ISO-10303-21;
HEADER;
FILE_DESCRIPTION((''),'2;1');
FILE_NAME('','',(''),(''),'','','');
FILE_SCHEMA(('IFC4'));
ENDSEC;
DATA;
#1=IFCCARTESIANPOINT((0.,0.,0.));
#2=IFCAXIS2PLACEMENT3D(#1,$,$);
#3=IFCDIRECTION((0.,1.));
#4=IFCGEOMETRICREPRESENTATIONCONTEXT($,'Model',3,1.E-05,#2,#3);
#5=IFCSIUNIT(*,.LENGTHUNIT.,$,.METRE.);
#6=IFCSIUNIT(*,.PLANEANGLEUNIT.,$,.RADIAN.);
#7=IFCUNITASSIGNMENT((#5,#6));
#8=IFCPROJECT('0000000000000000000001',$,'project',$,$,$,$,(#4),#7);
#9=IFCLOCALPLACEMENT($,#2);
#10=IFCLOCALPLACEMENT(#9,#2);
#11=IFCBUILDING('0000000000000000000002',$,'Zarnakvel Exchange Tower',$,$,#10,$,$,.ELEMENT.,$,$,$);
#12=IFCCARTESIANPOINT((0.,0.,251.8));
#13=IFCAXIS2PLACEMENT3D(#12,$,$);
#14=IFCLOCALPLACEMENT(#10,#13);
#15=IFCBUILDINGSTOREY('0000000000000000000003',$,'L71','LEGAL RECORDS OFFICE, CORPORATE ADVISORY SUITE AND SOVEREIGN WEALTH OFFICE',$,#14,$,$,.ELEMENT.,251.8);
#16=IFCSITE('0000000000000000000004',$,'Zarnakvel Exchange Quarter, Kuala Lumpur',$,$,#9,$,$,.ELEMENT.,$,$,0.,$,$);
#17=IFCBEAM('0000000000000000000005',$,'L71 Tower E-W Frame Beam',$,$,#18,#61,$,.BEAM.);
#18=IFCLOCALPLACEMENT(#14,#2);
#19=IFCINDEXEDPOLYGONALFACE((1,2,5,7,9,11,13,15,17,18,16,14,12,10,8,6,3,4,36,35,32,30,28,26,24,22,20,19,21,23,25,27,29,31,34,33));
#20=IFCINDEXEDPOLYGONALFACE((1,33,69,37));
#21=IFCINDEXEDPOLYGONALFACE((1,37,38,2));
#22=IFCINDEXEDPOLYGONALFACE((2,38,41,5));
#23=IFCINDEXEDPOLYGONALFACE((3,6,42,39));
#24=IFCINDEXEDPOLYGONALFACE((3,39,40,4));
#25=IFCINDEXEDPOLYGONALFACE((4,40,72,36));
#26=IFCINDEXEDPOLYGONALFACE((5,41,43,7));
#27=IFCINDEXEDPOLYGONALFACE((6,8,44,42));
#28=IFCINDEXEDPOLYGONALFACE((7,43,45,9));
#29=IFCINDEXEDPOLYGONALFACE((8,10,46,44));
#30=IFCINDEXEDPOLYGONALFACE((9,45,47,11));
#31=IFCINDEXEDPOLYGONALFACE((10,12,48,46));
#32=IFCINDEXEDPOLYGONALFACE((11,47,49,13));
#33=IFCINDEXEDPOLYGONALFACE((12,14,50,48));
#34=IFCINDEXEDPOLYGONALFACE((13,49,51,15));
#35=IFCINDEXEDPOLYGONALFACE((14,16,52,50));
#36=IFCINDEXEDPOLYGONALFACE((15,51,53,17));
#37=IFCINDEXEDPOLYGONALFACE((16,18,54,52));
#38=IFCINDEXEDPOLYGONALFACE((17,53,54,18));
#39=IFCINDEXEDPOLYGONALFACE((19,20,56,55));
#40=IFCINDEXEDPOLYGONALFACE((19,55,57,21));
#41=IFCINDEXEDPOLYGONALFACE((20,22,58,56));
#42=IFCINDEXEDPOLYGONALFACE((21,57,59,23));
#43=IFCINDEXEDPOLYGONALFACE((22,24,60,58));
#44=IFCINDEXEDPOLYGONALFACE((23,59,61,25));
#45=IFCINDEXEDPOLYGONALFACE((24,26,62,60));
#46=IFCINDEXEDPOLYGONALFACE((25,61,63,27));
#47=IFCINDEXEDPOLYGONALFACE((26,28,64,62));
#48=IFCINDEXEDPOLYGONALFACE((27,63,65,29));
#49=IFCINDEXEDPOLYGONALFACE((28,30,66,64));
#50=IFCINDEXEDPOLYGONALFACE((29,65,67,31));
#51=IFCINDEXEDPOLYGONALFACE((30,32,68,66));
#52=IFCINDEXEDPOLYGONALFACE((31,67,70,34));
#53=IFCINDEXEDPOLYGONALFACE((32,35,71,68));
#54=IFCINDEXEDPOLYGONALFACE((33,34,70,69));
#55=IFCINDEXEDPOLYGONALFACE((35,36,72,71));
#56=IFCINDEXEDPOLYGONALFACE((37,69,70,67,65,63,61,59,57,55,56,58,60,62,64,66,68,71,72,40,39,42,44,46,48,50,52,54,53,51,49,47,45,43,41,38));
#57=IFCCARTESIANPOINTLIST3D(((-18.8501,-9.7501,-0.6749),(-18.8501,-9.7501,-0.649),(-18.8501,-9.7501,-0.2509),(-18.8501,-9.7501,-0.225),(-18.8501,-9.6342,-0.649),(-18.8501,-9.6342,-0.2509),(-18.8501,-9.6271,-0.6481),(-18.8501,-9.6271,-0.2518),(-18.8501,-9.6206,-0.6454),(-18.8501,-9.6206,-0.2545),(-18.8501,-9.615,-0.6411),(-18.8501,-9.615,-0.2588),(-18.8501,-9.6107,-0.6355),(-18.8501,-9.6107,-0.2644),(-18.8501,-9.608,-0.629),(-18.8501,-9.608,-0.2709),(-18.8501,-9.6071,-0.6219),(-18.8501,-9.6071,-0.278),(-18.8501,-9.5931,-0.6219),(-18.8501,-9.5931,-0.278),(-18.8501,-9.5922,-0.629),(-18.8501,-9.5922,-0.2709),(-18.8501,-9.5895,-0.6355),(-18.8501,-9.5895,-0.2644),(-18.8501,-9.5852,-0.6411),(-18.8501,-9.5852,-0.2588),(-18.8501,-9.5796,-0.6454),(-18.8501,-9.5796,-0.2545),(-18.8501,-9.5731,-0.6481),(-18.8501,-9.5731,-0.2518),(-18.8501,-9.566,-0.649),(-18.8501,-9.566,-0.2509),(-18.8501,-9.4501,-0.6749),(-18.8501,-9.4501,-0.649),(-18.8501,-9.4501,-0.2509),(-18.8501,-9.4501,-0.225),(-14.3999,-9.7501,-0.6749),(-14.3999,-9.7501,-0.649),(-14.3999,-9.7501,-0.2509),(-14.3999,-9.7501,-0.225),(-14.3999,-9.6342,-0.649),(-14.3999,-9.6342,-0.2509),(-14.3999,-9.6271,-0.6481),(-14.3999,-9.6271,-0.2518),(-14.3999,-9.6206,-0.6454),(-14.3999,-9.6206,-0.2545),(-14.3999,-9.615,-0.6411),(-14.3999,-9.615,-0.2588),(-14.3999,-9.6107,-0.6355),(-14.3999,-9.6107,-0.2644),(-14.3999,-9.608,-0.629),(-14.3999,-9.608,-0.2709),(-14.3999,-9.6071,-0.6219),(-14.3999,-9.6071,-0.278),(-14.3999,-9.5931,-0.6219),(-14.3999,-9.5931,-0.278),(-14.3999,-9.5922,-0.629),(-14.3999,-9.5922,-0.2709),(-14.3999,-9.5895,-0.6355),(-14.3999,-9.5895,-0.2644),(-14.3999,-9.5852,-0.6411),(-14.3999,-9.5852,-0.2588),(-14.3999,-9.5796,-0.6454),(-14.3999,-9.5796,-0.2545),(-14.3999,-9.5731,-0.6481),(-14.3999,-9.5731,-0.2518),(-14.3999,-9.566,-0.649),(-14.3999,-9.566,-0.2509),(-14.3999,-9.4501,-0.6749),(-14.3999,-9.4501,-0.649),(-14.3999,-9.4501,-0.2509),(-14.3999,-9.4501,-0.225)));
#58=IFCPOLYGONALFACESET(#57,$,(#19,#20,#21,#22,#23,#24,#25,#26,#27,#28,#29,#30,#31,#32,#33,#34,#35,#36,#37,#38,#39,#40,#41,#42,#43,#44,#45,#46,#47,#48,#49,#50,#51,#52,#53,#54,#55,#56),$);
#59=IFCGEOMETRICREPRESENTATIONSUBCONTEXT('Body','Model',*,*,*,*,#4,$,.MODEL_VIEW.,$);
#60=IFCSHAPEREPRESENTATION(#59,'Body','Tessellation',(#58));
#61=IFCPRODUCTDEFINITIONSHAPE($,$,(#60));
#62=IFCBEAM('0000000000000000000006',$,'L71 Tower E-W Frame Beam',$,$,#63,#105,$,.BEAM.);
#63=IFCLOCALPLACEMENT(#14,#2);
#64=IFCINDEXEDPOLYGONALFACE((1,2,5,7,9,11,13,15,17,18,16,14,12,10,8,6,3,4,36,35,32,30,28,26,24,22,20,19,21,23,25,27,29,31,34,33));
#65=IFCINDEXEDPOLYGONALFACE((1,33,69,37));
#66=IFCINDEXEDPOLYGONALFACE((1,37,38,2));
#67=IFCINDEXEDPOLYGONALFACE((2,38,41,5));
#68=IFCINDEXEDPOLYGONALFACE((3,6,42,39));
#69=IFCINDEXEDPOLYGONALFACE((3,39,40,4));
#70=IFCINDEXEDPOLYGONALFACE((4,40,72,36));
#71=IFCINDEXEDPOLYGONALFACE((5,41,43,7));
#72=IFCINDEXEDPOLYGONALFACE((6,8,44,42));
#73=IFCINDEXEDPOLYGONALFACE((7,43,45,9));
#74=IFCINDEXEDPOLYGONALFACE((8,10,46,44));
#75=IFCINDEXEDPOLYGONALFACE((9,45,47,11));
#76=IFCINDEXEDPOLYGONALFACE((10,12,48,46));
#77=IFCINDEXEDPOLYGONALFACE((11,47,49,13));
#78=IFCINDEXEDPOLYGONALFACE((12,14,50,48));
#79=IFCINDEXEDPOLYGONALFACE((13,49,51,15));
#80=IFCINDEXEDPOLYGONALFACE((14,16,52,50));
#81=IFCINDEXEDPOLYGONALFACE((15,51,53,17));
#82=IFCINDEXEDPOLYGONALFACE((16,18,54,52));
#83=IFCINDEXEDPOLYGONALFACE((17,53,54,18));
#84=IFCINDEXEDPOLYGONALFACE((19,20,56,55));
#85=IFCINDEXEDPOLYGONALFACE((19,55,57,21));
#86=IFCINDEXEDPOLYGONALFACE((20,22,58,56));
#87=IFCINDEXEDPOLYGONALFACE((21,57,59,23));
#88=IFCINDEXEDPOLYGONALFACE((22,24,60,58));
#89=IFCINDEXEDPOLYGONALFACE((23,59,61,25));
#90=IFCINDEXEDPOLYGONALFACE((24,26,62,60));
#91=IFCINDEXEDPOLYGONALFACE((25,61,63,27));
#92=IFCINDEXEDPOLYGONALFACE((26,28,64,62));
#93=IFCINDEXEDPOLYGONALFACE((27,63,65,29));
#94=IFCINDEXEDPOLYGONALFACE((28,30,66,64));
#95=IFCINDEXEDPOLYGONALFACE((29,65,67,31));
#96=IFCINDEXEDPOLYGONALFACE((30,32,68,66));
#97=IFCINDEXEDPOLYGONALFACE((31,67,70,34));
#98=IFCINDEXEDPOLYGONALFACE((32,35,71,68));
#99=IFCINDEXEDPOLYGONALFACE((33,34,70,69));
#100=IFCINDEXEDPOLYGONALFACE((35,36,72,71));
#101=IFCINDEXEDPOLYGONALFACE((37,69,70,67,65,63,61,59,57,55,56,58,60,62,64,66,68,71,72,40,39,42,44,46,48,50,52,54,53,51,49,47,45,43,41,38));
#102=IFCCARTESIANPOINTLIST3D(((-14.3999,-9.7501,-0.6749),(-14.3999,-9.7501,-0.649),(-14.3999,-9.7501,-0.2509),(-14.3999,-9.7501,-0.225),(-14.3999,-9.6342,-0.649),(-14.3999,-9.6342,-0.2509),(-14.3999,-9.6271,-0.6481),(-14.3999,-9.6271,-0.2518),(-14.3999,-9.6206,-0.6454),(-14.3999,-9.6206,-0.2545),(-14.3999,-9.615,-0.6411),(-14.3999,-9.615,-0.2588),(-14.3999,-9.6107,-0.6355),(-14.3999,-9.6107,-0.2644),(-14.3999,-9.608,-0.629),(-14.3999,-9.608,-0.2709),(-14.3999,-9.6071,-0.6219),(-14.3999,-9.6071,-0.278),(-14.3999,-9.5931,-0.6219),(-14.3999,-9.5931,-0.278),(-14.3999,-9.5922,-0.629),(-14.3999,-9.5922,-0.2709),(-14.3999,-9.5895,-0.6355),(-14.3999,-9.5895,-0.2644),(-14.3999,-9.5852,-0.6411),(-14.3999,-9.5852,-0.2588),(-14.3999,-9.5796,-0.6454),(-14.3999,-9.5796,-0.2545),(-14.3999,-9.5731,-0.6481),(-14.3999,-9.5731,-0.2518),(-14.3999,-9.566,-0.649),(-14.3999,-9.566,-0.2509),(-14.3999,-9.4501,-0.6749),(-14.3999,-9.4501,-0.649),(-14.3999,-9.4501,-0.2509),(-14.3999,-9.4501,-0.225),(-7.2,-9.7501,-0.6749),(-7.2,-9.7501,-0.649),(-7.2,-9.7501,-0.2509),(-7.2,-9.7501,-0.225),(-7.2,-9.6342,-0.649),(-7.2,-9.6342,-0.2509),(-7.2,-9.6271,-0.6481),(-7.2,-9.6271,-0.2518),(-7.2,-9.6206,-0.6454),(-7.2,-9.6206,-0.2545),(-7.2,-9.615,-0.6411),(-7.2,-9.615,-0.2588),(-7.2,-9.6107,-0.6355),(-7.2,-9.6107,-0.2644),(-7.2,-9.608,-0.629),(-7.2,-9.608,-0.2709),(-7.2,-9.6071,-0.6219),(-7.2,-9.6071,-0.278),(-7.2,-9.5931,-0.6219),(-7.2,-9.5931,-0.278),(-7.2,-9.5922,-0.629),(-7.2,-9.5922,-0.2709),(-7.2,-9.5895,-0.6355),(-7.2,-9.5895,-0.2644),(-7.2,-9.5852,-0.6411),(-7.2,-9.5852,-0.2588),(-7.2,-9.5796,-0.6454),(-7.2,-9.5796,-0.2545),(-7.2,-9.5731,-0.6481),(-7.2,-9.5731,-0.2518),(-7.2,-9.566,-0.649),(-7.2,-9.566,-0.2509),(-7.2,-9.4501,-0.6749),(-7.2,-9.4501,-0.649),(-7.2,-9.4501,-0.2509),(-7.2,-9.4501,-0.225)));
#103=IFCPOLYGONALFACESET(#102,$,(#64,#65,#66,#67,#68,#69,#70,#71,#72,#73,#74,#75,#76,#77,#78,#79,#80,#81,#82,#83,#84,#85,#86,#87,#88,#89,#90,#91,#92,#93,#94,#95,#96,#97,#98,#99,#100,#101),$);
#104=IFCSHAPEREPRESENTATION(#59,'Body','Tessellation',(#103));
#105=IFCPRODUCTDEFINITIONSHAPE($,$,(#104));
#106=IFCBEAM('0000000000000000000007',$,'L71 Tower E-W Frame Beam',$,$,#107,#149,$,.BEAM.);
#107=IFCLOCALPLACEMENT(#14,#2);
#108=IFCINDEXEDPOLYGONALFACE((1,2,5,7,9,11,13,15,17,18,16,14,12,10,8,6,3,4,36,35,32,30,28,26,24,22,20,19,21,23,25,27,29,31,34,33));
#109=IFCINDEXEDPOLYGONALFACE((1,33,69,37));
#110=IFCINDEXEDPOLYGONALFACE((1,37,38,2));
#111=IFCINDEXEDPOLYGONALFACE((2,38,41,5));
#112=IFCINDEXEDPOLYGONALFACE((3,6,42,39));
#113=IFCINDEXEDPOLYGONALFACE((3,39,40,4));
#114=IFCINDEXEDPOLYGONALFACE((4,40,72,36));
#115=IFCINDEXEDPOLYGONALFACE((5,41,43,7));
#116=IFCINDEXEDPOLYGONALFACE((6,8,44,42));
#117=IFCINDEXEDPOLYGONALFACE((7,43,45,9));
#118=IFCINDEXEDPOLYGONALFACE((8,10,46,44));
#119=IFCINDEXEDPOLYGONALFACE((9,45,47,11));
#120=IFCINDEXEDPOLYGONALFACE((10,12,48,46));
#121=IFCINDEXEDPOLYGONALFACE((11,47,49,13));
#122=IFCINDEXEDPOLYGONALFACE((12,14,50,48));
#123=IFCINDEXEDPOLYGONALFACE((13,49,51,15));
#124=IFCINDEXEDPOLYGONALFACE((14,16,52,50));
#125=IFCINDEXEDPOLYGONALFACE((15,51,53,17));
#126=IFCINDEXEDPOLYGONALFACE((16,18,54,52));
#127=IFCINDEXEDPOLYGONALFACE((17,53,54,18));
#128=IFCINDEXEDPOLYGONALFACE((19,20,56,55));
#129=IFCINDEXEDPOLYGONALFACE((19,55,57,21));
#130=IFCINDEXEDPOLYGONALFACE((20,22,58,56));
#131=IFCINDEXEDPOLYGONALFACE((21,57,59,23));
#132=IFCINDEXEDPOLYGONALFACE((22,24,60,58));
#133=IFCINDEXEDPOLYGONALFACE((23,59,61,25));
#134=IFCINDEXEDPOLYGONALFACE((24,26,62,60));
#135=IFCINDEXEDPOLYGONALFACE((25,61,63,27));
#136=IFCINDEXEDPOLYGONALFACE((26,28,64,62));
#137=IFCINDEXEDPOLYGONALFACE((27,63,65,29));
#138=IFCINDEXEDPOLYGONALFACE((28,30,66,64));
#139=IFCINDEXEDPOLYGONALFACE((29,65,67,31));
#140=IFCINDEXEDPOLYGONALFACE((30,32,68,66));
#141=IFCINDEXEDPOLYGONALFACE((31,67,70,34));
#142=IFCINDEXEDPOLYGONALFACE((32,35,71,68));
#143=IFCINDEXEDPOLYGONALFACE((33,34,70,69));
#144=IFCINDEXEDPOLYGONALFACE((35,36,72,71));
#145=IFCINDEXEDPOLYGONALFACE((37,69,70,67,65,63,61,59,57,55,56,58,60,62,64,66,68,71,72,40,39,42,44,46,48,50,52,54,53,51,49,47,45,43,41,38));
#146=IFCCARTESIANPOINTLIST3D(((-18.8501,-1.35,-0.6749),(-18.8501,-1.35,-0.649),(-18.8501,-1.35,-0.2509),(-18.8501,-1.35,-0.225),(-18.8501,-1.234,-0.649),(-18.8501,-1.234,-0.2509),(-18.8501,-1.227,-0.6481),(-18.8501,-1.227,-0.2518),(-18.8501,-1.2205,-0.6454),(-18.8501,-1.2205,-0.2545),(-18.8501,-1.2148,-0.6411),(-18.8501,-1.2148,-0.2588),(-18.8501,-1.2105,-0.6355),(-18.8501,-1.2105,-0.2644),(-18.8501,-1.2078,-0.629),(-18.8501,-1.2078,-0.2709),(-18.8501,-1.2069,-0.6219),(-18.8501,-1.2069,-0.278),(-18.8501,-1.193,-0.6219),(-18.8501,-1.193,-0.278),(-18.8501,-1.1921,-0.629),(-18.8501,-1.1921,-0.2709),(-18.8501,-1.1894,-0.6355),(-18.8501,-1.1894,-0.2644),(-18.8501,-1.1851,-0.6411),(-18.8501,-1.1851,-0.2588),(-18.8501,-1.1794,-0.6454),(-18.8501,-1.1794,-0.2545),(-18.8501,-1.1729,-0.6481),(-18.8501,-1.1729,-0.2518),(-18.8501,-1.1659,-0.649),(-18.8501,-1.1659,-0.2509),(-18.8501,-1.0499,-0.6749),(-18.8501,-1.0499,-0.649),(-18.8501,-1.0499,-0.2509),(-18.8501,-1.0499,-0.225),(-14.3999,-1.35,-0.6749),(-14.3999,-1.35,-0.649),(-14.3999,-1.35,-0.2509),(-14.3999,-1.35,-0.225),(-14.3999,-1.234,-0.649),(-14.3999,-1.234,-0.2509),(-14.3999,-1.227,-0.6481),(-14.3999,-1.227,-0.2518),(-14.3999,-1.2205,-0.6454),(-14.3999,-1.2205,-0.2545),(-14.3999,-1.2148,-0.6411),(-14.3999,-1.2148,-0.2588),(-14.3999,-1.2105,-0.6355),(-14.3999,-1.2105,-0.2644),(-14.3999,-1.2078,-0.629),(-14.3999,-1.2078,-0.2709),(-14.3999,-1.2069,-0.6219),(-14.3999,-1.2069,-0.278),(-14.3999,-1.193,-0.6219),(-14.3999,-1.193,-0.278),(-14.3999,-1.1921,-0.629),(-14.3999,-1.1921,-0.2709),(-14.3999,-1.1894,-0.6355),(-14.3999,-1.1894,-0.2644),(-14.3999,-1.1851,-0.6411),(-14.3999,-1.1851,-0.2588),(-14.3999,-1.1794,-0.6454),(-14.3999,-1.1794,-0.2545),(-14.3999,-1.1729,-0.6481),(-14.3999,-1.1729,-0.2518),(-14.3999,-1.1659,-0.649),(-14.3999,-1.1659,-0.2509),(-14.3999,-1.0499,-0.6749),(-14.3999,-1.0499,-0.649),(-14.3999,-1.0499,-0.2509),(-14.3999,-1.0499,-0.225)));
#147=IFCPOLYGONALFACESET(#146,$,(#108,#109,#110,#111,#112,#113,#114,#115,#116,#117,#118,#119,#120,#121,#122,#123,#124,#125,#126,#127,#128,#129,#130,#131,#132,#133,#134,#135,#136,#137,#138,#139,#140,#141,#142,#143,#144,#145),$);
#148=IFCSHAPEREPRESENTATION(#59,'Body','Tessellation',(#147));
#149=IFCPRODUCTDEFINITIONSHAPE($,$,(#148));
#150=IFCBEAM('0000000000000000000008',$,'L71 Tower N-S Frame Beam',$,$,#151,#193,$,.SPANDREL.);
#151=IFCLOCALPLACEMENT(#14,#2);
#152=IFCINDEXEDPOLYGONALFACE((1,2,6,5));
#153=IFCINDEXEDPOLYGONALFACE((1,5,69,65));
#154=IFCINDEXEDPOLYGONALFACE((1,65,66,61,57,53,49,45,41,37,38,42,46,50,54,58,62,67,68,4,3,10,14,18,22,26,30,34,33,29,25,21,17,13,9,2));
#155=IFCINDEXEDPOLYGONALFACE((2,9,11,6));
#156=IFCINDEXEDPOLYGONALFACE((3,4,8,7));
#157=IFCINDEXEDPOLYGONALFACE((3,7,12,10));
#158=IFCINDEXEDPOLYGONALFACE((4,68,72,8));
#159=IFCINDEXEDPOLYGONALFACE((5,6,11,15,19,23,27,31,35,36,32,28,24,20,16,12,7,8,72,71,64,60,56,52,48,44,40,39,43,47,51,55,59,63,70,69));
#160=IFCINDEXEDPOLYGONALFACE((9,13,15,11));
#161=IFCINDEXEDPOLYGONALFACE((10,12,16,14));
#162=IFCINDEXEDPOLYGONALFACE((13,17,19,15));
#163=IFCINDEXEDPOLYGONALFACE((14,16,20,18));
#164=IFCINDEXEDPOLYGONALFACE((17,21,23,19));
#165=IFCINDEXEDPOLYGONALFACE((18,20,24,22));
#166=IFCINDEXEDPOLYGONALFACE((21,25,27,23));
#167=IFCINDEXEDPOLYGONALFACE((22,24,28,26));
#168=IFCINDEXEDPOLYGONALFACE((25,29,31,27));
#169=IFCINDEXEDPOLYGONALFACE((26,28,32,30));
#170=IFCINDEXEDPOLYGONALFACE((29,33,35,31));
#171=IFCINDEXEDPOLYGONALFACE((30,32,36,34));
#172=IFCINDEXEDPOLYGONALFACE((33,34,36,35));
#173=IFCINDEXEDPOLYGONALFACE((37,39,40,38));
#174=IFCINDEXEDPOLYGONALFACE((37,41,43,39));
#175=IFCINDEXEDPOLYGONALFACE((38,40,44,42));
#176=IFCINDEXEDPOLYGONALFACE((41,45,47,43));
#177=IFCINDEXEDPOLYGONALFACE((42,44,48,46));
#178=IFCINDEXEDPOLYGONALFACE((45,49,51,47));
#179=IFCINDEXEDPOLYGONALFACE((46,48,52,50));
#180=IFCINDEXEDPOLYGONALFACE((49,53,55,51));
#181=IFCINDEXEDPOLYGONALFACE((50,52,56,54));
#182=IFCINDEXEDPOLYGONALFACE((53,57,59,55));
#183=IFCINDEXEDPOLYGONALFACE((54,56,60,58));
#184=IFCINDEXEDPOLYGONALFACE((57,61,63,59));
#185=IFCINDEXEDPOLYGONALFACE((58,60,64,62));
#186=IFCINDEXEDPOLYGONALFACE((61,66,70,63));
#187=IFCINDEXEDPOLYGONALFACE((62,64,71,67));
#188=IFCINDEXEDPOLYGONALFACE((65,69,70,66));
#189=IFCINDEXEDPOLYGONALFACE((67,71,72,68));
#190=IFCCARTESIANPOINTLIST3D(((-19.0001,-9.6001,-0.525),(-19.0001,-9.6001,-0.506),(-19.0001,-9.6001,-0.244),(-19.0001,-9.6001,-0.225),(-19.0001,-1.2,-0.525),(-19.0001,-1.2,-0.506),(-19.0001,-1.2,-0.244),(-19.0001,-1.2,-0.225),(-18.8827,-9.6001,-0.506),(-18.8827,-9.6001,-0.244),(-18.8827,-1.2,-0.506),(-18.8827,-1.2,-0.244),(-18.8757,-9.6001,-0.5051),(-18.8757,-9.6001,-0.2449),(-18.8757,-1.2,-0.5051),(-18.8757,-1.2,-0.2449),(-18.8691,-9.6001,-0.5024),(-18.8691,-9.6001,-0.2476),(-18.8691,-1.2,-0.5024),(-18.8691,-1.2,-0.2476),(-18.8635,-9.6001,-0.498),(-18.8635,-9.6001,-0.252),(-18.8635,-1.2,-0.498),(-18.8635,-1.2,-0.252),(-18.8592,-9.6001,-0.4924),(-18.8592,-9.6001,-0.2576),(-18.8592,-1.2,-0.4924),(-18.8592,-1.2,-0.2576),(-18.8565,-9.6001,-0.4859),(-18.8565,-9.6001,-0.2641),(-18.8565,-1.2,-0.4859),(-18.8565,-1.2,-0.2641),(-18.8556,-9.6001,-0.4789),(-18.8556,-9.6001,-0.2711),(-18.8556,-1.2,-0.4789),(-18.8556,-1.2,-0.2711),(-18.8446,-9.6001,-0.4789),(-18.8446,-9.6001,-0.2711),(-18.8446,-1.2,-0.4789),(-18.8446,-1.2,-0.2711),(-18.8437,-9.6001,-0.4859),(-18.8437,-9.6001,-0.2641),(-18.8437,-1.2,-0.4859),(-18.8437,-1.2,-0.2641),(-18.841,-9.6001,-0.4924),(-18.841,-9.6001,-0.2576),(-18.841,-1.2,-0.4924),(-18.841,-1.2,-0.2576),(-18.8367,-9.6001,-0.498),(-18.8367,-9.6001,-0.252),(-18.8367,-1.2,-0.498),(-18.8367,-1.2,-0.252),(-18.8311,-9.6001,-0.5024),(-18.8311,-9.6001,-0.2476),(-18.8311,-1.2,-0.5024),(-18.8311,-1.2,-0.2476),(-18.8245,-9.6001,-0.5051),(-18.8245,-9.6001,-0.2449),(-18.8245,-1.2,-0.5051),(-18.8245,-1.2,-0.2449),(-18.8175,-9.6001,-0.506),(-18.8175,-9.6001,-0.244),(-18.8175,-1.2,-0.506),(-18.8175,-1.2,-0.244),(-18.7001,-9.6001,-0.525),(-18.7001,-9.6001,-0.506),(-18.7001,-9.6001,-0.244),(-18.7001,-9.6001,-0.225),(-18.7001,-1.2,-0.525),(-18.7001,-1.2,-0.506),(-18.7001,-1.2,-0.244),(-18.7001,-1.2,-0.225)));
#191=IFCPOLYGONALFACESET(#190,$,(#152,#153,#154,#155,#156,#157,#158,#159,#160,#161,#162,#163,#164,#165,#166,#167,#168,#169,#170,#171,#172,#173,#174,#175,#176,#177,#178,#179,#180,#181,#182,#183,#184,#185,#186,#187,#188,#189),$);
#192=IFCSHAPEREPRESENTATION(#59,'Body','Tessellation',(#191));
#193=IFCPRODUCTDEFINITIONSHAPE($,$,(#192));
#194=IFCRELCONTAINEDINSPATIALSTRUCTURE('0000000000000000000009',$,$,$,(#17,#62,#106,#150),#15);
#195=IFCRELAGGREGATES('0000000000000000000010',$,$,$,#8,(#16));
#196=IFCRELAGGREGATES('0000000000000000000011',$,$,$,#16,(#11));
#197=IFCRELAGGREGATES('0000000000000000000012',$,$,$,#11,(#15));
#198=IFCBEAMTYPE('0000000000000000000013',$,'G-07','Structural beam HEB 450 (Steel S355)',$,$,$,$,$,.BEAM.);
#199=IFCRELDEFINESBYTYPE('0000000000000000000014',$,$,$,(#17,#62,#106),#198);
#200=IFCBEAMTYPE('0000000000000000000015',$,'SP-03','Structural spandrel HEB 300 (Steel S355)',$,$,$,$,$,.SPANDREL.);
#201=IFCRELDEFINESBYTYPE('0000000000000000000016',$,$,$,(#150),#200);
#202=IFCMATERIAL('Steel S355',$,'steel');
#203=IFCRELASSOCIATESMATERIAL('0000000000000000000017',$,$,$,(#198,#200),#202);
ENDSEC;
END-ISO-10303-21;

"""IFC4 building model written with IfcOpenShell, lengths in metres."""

from ifc_helpers import new_model, si_unit, direction, frame, origin, origin_2d, place, context, subcontext, project, spatial, i_section, extrude, material, material_profile, profile_set, type_object, element, save


model = new_model("IFC4")

# Units and contexts
model_context = context("Model", 3, precision=1e-05, world=origin(), true_north=direction((0.0, 1.0)))
body_context = subcontext(model_context, "Body", "Model", "MODEL_VIEW")
ifc_project = project(units=[si_unit("LENGTHUNIT", "METRE"), si_unit("PLANEANGLEUNIT", "RADIAN")], contexts=[model_context])

# Site, building, storey
site_placement = place(None, origin())
site = spatial("IfcSite", under=ifc_project, at=site_placement, Name="Zarnakvel Exchange Quarter, Kuala Lumpur", CompositionType="ELEMENT", RefElevation=0.0)
building_placement = place(site_placement, origin())
building = spatial("IfcBuilding", under=site, at=building_placement, Name="Zarnakvel Exchange Tower", CompositionType="ELEMENT")
storey_placement = place(building_placement, frame((0.0, 0.0, 251.8)))
storey = spatial("IfcBuildingStorey", under=building, at=storey_placement, Name="L71", Description="LEGAL RECORDS OFFICE, CORPORATE ADVISORY SUITE AND SOVEREIGN WEALTH OFFICE", CompositionType="ELEMENT", Elevation=251.8)

# Shared definitions
ifc_material_1 = material(Name="Steel S355", Category="steel")

# Beams
ifc_material_profile_1 = material_profile(ifc_material_1, i_section(OverallWidth=0.3, OverallDepth=0.45, WebThickness=0.0139, FlangeThickness=0.0259, FilletRadius=0.0271, at=origin_2d()))
ifc_profile_set_1 = profile_set([ifc_material_profile_1], Name="Steel S355")
beam_type_1 = type_object("IfcBeamType", Name="G-07", Description="Structural beam HEB 450 (Steel S355)", PredefinedType="BEAM", material=ifc_profile_set_1)
beam_1_placement = place(storey_placement, frame((-18.8501, -9.6001, -0.45), z_axis=(1.0, 0.0, 0.0), x_axis=(0.0, 1.0, 0.0)))
element("IfcBeam", 1, at=beam_1_placement, inside=storey, type_object=beam_type_1, Name="L71 Tower E-W Frame Beam", PredefinedType="BEAM", context=body_context, shape_type="SweptSolid", body=[
    extrude(i_section(OverallWidth=0.3, OverallDepth=0.45, WebThickness=0.0139, FlangeThickness=0.0259, FilletRadius=0.0271, at=origin_2d()), origin(), (0.0, 0.0, 1.0), 4.4502),
])
beam_2_placement = place(storey_placement, frame((-14.3999, -9.6001, -0.45), z_axis=(1.0, 0.0, 0.0), x_axis=(0.0, 1.0, 0.0)))
element("IfcBeam", 2, at=beam_2_placement, inside=storey, type_object=beam_type_1, Name="L71 Tower E-W Frame Beam", PredefinedType="BEAM", context=body_context, shape_type="SweptSolid", body=[
    extrude(i_section(OverallWidth=0.3, OverallDepth=0.45, WebThickness=0.0139, FlangeThickness=0.0259, FilletRadius=0.0271, at=origin_2d()), origin(), (0.0, 0.0, 1.0), 7.2),
])
beam_3_placement = place(storey_placement, frame((-18.8501, -1.2, -0.45), z_axis=(1.0, 0.0, 0.0), x_axis=(0.0, 1.0, 0.0)))
element("IfcBeam", 3, at=beam_3_placement, inside=storey, type_object=beam_type_1, Name="L71 Tower E-W Frame Beam", PredefinedType="BEAM", context=body_context, shape_type="SweptSolid", body=[
    extrude(i_section(OverallWidth=0.3, OverallDepth=0.45, WebThickness=0.0139, FlangeThickness=0.0259, FilletRadius=0.0271, at=origin_2d()), origin(), (0.0, 0.0, 1.0), 4.4502),
])
ifc_material_profile_2 = material_profile(ifc_material_1, i_section(OverallWidth=0.3, OverallDepth=0.3, WebThickness=0.011, FlangeThickness=0.019, FilletRadius=0.0271, at=origin_2d()))
ifc_profile_set_2 = profile_set([ifc_material_profile_2], Name="Steel S355")
beam_type_2 = type_object("IfcBeamType", Name="SP-03", Description="Structural spandrel HEB 300 (Steel S355)", PredefinedType="SPANDREL", material=ifc_profile_set_2)
beam_4_placement = place(storey_placement, frame((-18.8501, -9.6001, -0.375), z_axis=(0.0, 1.0, 0.0), x_axis=(-1.0, 0.0, 0.0)))
element("IfcBeam", 4, at=beam_4_placement, inside=storey, type_object=beam_type_2, Name="L71 Tower N-S Frame Beam", PredefinedType="SPANDREL", context=body_context, shape_type="SweptSolid", body=[
    extrude(i_section(OverallWidth=0.3, OverallDepth=0.3, WebThickness=0.011, FlangeThickness=0.019, FilletRadius=0.0271, at=origin_2d()), origin(), (0.0, 0.0, 1.0), 8.4001),
])

save(model, "model.ifc")
